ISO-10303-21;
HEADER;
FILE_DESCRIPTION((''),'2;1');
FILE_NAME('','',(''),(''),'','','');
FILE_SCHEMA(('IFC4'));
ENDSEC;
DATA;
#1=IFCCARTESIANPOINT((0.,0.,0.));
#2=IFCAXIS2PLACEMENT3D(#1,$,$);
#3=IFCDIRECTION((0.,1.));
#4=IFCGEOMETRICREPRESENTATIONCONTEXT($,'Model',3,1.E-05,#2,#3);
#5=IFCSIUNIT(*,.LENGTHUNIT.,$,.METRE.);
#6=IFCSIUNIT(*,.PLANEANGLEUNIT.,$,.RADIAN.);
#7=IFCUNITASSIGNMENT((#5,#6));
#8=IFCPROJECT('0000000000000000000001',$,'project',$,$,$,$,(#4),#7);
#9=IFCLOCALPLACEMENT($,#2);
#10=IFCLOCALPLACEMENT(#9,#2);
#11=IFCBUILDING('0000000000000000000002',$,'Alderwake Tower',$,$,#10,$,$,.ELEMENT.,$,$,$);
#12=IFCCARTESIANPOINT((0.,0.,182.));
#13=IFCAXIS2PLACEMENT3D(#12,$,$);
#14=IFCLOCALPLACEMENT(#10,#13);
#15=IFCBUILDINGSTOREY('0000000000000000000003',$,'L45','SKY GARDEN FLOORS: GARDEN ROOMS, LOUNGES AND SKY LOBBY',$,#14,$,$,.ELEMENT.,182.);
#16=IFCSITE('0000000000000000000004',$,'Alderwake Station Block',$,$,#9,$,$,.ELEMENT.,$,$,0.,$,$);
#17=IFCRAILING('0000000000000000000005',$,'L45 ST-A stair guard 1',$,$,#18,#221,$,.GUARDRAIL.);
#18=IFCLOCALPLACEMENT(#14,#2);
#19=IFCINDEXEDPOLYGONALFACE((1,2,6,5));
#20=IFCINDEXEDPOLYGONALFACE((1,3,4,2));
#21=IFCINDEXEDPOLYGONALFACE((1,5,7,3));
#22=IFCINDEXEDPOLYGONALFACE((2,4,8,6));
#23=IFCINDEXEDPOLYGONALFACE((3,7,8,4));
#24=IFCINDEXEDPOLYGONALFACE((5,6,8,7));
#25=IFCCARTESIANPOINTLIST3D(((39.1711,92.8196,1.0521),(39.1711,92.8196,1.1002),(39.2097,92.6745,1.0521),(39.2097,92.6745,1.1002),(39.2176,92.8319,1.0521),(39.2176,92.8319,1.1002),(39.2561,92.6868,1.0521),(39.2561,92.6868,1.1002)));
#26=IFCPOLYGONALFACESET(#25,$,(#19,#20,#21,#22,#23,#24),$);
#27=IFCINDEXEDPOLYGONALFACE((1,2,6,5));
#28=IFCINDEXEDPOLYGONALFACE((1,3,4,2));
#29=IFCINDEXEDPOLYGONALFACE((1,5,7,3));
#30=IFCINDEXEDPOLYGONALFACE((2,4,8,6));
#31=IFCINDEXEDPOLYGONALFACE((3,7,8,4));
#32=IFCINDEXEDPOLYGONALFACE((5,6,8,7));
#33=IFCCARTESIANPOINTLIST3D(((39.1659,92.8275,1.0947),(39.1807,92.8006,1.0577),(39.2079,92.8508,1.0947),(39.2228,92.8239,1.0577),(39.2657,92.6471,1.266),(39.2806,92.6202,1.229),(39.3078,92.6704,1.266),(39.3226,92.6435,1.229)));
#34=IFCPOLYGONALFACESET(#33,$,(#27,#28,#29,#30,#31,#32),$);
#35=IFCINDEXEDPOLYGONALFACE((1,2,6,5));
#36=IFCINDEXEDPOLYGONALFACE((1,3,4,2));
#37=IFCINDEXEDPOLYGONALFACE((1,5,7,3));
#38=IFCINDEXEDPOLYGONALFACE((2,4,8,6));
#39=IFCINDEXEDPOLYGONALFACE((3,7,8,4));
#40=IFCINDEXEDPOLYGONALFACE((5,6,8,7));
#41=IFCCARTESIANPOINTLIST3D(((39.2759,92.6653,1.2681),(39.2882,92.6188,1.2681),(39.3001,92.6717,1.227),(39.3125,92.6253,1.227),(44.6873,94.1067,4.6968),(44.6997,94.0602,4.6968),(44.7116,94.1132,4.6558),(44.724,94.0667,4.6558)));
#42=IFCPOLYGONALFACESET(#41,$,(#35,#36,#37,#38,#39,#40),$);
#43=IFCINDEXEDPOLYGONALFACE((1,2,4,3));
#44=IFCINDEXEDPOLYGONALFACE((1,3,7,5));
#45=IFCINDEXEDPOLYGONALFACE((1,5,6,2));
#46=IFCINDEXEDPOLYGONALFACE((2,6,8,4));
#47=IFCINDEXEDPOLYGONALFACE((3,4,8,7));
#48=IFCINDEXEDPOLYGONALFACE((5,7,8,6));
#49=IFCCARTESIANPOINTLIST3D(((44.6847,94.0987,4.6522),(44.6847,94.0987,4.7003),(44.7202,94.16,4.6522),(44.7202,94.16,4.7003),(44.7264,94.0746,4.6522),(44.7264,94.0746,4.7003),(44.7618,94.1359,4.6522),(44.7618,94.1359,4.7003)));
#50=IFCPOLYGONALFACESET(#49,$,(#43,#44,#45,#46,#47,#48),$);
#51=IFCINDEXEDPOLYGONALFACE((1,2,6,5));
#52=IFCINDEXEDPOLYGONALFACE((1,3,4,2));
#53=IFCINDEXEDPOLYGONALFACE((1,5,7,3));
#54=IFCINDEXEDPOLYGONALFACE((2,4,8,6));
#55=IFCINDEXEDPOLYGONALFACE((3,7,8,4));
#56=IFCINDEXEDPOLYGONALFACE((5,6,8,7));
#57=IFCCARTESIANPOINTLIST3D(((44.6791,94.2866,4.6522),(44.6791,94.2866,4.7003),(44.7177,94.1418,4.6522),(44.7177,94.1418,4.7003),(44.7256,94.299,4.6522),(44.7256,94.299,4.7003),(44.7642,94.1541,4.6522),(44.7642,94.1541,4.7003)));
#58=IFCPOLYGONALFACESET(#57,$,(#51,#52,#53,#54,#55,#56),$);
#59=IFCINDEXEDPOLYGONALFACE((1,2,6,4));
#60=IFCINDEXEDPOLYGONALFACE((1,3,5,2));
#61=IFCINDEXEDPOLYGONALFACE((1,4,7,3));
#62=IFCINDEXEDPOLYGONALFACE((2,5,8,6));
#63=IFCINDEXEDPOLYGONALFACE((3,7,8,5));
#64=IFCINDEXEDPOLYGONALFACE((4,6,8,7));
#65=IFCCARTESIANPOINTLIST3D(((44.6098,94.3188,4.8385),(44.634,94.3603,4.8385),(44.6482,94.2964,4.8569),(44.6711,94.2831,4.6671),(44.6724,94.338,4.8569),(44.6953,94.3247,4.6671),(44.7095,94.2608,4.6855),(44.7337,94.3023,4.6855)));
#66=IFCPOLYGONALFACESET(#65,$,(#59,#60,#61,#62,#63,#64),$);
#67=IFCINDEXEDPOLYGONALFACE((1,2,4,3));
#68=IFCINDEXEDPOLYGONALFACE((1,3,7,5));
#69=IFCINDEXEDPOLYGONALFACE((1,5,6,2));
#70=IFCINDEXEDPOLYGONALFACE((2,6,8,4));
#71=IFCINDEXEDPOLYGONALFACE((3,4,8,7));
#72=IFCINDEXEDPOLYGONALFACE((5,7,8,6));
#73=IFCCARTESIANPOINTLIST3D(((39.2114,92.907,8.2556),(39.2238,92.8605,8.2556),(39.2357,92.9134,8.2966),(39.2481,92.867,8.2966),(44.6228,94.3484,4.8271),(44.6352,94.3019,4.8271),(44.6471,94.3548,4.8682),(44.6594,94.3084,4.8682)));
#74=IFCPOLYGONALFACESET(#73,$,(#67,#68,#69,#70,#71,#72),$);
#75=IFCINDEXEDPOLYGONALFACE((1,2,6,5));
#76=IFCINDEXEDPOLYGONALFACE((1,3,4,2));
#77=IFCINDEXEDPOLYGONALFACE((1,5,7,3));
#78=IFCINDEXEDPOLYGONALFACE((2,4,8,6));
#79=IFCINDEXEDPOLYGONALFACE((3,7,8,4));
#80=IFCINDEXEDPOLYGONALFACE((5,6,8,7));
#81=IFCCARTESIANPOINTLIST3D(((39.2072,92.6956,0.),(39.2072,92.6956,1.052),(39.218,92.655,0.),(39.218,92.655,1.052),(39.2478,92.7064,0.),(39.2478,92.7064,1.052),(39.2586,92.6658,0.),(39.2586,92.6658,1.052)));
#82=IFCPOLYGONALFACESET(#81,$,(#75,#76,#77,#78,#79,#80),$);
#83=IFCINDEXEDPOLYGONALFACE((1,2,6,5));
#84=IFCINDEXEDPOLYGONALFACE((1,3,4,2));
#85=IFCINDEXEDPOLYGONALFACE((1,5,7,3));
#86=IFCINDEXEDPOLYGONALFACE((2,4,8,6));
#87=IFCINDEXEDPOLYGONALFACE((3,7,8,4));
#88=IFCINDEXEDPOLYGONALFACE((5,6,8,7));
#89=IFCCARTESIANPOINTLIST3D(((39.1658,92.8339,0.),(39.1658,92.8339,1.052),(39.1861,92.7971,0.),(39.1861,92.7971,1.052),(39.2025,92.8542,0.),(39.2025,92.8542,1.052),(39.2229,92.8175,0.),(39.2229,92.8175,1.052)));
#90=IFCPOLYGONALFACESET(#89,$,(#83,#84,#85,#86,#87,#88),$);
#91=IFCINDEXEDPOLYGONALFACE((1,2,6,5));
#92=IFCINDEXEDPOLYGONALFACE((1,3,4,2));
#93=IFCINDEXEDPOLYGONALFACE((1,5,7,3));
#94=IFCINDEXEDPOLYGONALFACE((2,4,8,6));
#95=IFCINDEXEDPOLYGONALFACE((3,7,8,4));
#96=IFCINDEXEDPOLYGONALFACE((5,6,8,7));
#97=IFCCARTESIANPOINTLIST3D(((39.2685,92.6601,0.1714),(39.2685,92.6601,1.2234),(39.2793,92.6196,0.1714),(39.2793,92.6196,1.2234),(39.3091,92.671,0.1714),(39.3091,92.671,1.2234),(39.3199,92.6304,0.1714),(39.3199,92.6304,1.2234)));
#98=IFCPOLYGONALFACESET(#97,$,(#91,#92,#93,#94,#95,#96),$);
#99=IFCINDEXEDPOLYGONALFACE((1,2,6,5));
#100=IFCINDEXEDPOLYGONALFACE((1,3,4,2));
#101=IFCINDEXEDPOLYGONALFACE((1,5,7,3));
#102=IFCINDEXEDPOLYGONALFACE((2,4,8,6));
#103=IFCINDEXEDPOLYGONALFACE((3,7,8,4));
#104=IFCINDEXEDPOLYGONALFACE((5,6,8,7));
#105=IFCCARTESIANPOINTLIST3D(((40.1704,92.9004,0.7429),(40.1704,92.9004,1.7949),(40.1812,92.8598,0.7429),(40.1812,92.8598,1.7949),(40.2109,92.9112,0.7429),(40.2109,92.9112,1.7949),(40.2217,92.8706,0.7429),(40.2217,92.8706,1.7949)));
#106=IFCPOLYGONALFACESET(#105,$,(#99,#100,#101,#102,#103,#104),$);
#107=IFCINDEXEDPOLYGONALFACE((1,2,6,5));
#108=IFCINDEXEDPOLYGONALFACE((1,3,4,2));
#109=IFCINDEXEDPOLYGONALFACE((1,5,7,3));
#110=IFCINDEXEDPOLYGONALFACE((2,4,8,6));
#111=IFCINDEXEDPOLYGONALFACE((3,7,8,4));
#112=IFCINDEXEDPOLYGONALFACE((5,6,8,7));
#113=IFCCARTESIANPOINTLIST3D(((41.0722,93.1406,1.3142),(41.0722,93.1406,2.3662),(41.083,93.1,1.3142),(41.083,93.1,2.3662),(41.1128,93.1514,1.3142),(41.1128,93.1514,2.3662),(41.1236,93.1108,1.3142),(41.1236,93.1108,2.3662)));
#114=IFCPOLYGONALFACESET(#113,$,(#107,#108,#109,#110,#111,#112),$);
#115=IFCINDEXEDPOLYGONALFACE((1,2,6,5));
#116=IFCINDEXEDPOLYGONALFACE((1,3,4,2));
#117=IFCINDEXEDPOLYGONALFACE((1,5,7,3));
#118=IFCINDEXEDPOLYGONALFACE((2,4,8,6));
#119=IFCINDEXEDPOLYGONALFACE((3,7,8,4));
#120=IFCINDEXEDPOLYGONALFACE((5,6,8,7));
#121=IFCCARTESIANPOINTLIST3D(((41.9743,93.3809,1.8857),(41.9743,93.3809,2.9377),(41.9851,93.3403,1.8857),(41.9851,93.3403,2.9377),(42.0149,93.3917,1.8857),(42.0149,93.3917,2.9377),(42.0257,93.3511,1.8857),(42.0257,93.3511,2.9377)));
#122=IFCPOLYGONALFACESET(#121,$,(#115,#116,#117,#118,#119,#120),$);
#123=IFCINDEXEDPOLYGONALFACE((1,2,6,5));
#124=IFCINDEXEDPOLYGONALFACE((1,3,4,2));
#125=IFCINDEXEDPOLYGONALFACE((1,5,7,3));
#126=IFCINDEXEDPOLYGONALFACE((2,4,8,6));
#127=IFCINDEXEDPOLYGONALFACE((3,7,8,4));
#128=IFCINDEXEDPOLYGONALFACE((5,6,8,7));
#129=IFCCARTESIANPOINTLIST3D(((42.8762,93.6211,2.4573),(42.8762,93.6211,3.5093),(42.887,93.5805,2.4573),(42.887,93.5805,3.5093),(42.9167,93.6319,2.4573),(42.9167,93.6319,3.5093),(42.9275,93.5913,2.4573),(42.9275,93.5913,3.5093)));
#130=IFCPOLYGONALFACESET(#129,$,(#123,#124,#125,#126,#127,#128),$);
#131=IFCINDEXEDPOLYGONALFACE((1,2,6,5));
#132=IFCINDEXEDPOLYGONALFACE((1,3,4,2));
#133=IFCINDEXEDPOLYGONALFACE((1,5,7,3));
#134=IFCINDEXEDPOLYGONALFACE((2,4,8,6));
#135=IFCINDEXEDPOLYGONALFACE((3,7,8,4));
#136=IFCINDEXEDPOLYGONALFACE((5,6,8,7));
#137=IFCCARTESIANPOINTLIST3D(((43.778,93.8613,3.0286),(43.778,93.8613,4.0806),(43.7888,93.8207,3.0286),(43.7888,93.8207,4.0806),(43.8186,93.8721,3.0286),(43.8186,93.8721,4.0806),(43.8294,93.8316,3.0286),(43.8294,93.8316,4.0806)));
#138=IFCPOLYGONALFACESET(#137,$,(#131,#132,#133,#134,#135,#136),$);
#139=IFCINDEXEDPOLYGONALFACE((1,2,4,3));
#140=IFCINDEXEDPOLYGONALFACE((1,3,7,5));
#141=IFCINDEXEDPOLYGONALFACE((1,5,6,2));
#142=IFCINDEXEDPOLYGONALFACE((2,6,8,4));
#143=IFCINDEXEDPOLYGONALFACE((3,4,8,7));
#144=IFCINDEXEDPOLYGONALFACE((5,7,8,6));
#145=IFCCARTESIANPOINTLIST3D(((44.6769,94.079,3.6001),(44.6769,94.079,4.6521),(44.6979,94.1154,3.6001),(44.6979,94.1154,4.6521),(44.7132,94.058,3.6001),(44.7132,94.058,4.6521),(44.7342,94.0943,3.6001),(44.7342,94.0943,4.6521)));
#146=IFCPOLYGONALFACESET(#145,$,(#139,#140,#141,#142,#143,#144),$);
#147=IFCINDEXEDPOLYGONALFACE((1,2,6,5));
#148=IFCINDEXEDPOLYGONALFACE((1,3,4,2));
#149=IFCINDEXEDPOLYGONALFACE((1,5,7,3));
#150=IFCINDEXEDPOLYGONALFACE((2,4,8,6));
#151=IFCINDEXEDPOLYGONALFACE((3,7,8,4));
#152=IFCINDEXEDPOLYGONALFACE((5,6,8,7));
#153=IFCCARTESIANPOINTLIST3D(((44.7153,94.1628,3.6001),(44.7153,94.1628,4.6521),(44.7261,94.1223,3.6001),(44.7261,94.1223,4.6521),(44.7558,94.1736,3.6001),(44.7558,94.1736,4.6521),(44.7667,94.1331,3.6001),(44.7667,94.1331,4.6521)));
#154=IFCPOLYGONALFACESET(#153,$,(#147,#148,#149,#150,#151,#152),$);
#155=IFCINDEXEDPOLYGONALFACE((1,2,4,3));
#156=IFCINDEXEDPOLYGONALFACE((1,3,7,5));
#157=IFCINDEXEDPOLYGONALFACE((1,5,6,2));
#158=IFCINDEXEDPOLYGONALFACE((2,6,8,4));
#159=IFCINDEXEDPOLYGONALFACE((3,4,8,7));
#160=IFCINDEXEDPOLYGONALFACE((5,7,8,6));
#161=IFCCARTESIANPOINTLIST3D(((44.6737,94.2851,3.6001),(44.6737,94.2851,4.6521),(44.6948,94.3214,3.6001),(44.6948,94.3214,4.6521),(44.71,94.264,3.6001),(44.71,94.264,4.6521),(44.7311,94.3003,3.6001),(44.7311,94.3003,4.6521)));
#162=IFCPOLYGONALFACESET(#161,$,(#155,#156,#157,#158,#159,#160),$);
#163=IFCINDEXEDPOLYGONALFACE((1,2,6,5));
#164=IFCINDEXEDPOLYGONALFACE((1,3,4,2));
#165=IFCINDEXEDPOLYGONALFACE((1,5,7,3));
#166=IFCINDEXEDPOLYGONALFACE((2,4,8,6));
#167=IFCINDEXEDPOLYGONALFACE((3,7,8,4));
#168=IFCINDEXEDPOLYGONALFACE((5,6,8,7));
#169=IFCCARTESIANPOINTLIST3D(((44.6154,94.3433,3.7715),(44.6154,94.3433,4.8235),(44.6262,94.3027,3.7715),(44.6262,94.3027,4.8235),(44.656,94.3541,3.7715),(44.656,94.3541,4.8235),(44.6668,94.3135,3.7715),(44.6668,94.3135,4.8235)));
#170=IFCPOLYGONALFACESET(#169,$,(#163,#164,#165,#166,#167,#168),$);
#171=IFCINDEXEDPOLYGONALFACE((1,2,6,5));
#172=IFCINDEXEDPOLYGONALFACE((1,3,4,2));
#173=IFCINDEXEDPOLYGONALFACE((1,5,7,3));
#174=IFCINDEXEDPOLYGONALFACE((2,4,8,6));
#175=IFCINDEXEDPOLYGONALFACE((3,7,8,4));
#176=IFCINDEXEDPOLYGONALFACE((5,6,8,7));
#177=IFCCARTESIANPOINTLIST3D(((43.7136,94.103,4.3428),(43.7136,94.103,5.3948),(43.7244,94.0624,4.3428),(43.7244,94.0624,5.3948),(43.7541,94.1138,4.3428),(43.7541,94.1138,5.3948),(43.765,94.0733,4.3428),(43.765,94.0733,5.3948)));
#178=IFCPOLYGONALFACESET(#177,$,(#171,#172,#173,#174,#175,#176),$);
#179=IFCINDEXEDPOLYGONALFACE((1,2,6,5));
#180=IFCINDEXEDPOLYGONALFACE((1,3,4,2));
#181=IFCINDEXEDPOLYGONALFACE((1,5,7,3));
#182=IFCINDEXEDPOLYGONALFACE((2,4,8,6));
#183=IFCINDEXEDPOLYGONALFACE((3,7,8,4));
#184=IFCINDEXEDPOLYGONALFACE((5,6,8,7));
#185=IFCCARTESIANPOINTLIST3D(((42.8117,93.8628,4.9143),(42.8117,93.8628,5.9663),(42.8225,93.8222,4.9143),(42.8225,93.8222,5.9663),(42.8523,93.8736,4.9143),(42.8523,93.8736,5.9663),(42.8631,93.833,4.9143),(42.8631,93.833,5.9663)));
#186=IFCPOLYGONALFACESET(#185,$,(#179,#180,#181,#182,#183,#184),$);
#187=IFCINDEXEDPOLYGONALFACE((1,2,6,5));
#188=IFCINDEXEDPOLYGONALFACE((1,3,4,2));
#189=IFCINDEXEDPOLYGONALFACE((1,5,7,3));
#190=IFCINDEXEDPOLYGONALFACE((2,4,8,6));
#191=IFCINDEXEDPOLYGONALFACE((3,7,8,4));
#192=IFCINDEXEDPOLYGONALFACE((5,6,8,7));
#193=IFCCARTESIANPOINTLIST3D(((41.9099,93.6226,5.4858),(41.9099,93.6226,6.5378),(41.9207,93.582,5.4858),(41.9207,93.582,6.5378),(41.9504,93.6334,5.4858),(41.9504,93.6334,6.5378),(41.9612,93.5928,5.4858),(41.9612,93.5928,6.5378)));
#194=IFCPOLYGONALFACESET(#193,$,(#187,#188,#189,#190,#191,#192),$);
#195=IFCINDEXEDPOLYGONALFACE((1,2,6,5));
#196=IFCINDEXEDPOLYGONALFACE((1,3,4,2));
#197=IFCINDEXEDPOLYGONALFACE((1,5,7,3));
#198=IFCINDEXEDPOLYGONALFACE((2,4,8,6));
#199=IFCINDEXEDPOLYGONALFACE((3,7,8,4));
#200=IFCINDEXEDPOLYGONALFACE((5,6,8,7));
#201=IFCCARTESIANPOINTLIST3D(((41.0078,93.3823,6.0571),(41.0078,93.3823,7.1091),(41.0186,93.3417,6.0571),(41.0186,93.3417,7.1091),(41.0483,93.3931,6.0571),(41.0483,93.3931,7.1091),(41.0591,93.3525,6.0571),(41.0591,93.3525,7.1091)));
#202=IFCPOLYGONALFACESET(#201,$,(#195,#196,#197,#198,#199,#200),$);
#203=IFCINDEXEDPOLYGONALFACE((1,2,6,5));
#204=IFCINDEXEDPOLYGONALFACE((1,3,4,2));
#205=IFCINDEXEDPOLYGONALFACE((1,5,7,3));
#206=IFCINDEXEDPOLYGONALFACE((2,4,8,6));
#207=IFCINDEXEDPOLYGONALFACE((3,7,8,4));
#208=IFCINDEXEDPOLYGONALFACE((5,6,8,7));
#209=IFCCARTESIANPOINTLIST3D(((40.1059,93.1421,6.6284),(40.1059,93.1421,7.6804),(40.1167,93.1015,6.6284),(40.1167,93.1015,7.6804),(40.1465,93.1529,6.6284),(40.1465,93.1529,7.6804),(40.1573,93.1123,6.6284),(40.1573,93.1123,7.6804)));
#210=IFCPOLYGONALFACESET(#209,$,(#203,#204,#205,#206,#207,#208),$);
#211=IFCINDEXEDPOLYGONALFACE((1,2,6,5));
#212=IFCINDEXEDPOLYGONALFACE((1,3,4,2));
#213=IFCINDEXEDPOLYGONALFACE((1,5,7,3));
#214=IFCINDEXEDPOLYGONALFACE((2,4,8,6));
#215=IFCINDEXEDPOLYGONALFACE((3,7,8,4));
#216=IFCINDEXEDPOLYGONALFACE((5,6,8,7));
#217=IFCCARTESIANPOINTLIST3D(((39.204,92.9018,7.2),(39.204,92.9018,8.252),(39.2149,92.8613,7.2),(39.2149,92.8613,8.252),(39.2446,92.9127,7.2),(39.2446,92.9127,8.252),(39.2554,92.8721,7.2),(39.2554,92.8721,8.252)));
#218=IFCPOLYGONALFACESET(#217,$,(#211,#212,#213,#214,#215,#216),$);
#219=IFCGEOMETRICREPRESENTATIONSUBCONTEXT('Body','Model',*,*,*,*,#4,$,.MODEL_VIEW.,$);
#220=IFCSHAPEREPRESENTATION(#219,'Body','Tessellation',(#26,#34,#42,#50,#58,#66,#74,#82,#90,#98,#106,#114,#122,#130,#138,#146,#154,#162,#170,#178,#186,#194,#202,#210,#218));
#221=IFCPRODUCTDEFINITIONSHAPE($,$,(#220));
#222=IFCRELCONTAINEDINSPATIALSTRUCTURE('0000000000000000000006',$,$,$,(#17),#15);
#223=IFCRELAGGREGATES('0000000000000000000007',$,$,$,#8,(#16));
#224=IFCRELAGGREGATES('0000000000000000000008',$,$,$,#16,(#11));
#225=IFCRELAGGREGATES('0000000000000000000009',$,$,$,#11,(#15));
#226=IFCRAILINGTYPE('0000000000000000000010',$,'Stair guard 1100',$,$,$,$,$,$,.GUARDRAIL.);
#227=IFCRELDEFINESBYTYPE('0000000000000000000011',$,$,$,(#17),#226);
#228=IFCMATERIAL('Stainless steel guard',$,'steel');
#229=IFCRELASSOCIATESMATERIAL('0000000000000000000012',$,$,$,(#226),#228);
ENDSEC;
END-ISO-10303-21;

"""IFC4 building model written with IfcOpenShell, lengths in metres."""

from ifc_helpers import new_model, si_unit, direction, frame, origin, origin_2d, place, context, subcontext, project, spatial, rectangle, extrude, material, type_object, element, save


model = new_model("IFC4")

# Units and contexts
model_context = context("Model", 3, precision=1e-05, world=origin(), true_north=direction((0.0, 1.0)))
body_context = subcontext(model_context, "Body", "Model", "MODEL_VIEW")
ifc_project = project(units=[si_unit("LENGTHUNIT", "METRE"), si_unit("PLANEANGLEUNIT", "RADIAN")], contexts=[model_context])

# Site, building, storey
site_placement = place(None, origin())
site = spatial("IfcSite", under=ifc_project, at=site_placement, Name="Alderwake Station Block", CompositionType="ELEMENT", RefElevation=0.0)
building_placement = place(site_placement, origin())
building = spatial("IfcBuilding", under=site, at=building_placement, Name="Alderwake Tower", CompositionType="ELEMENT")
storey_placement = place(building_placement, frame((0.0, 0.0, 182.0)))
storey = spatial("IfcBuildingStorey", under=building, at=storey_placement, Name="L45", Description="SKY GARDEN FLOORS: GARDEN ROOMS, LOUNGES AND SKY LOBBY", CompositionType="ELEMENT", Elevation=182.0)

# Railing
ifc_material_1 = material(Name="Stainless steel guard", Category="steel")
railing_type = type_object("IfcRailingType", Name="Stair guard 1100", PredefinedType="GUARDRAIL", material=ifc_material_1)
railing_placement = place(storey_placement, frame((39.2329, 92.6807, 0.0)))
element("IfcRailing", 1, at=railing_placement, inside=storey, type_object=railing_type, Name="L45 ST-A stair guard 1", PredefinedType="GUARDRAIL", context=body_context, shape_type="SweptSolid", body=[
    extrude(rectangle(XDim=0.0481, YDim=0.0481, at=origin_2d()), frame((0.0, 0.0, 1.0762), z_axis=(-0.257055, 0.966397, 0.0), x_axis=(-0.966397, -0.257055, 0.0)), (0.0, 0.0, 1.0), 0.1501),
    extrude(rectangle(XDim=0.0481, YDim=0.0481, at=origin_2d()), frame((-0.0386, 0.145, 1.0762), z_axis=(0.372402, -0.672874, 0.639185), x_axis=(0.874938, 0.484235, 0.0)), (0.0, 0.0, 1.0), 0.2681),
    extrude(rectangle(XDim=0.0481, YDim=0.0481, at=origin_2d()), frame((0.0613, -0.0354, 1.2476), z_axis=(0.82411, 0.219515, 0.522165), x_axis=(-0.257391, 0.966307, 0.0)), (0.0, 0.0, 1.0), 6.5664),
    extrude(rectangle(XDim=0.0481, YDim=0.0481, at=origin_2d()), frame((5.4727, 1.406, 4.6763), z_axis=(0.50022, 0.865898, 0.0), x_axis=(-0.865898, 0.50022, 0.0)), (0.0, 0.0, 1.0), 0.0708),
    extrude(rectangle(XDim=0.0481, YDim=0.0481, at=origin_2d()), frame((5.5081, 1.4673, 4.6763), z_axis=(-0.25746, 0.966289, 0.0), x_axis=(-0.966289, -0.25746, 0.0)), (0.0, 0.0, 1.0), 0.1499),
    extrude(rectangle(XDim=0.0481, YDim=0.0481, at=origin_2d()), frame((5.4695, 1.6121, 4.6763), z_axis=(-0.3304, 0.192185, 0.924067), x_axis=(-0.5028, -0.864403, 0.0)), (0.0, 0.0, 1.0), 0.1855),
    extrude(rectangle(XDim=0.0481, YDim=0.0481, at=origin_2d()), frame((5.4082, 1.6477, 4.8477), z_axis=(-0.824126, -0.219519, 0.522138), x_axis=(0.257391, -0.966307, 0.0)), (0.0, 0.0, 1.0), 6.5662),
    extrude(rectangle(XDim=0.042, YDim=0.042, at=origin_2d()), frame((0.0, 0.0, 0.0), z_axis=(0.0, 0.0, 1.0), x_axis=(-0.257055, 0.966397, 0.0)), (0.0, 0.0, 1.0), 1.052),
    extrude(rectangle(XDim=0.042, YDim=0.042, at=origin_2d()), frame((-0.0386, 0.145, 0.0), z_axis=(0.0, 0.0, 1.0), x_axis=(0.484235, -0.874938, 0.0)), (0.0, 0.0, 1.0), 1.052),
    extrude(rectangle(XDim=0.042, YDim=0.042, at=origin_2d()), frame((0.0613, -0.0354, 0.1714), z_axis=(0.0, 0.0, 1.0), x_axis=(0.966307, 0.257391, 0.0)), (0.0, 0.0, 1.0), 1.052),
    extrude(rectangle(XDim=0.042, YDim=0.042, at=origin_2d()), frame((0.9631, 0.2048, 0.7429), z_axis=(0.0, 0.0, 1.0), x_axis=(0.966307, 0.257391, 0.0)), (0.0, 0.0, 1.0), 1.052),
    extrude(rectangle(XDim=0.042, YDim=0.042, at=origin_2d()), frame((1.865, 0.4451, 1.3142), z_axis=(0.0, 0.0, 1.0), x_axis=(0.966307, 0.257391, 0.0)), (0.0, 0.0, 1.0), 1.052),
    extrude(rectangle(XDim=0.042, YDim=0.042, at=origin_2d()), frame((2.7671, 0.6853, 1.8857), z_axis=(0.0, 0.0, 1.0), x_axis=(0.966307, 0.257391, 0.0)), (0.0, 0.0, 1.0), 1.052),
    extrude(rectangle(XDim=0.042, YDim=0.042, at=origin_2d()), frame((3.6689, 0.9255, 2.4573), z_axis=(0.0, 0.0, 1.0), x_axis=(0.966307, 0.257391, 0.0)), (0.0, 0.0, 1.0), 1.052),
    extrude(rectangle(XDim=0.042, YDim=0.042, at=origin_2d()), frame((4.5708, 1.1658, 3.0286), z_axis=(0.0, 0.0, 1.0), x_axis=(0.966307, 0.257391, 0.0)), (0.0, 0.0, 1.0), 1.052),
    extrude(rectangle(XDim=0.042, YDim=0.042, at=origin_2d()), frame((5.4727, 1.406, 3.6001), z_axis=(0.0, 0.0, 1.0), x_axis=(0.50022, 0.865898, 0.0)), (0.0, 0.0, 1.0), 1.052),
    extrude(rectangle(XDim=0.042, YDim=0.042, at=origin_2d()), frame((5.5081, 1.4673, 3.6001), z_axis=(0.0, 0.0, 1.0), x_axis=(-0.25746, 0.966289, 0.0)), (0.0, 0.0, 1.0), 1.052),
    extrude(rectangle(XDim=0.042, YDim=0.042, at=origin_2d()), frame((5.4695, 1.6121, 3.6001), z_axis=(0.0, 0.0, 1.0), x_axis=(-0.864403, 0.5028, 0.0)), (0.0, 0.0, 1.0), 1.052),
    extrude(rectangle(XDim=0.042, YDim=0.042, at=origin_2d()), frame((5.4082, 1.6477, 3.7715), z_axis=(0.0, 0.0, 1.0), x_axis=(-0.966307, -0.257391, 0.0)), (0.0, 0.0, 1.0), 1.052),
    extrude(rectangle(XDim=0.042, YDim=0.042, at=origin_2d()), frame((4.5063, 1.4075, 4.3428), z_axis=(0.0, 0.0, 1.0), x_axis=(-0.966307, -0.257391, 0.0)), (0.0, 0.0, 1.0), 1.052),
    extrude(rectangle(XDim=0.042, YDim=0.042, at=origin_2d()), frame((3.6045, 1.1672, 4.9143), z_axis=(0.0, 0.0, 1.0), x_axis=(-0.966307, -0.257391, 0.0)), (0.0, 0.0, 1.0), 1.052),
    extrude(rectangle(XDim=0.042, YDim=0.042, at=origin_2d()), frame((2.7026, 0.927, 5.4858), z_axis=(0.0, 0.0, 1.0), x_axis=(-0.966307, -0.257391, 0.0)), (0.0, 0.0, 1.0), 1.052),
    extrude(rectangle(XDim=0.042, YDim=0.042, at=origin_2d()), frame((1.8005, 0.6868, 6.0571), z_axis=(0.0, 0.0, 1.0), x_axis=(-0.966307, -0.257391, 0.0)), (0.0, 0.0, 1.0), 1.052),
    extrude(rectangle(XDim=0.042, YDim=0.042, at=origin_2d()), frame((0.8987, 0.4465, 6.6284), z_axis=(0.0, 0.0, 1.0), x_axis=(-0.966307, -0.257391, 0.0)), (0.0, 0.0, 1.0), 1.052),
    extrude(rectangle(XDim=0.042, YDim=0.042, at=origin_2d()), frame((-0.0032, 0.2063, 7.2), z_axis=(0.0, 0.0, 1.0), x_axis=(-0.966307, -0.257391, 0.0)), (0.0, 0.0, 1.0), 1.052),
])

save(model, "model.ifc")
